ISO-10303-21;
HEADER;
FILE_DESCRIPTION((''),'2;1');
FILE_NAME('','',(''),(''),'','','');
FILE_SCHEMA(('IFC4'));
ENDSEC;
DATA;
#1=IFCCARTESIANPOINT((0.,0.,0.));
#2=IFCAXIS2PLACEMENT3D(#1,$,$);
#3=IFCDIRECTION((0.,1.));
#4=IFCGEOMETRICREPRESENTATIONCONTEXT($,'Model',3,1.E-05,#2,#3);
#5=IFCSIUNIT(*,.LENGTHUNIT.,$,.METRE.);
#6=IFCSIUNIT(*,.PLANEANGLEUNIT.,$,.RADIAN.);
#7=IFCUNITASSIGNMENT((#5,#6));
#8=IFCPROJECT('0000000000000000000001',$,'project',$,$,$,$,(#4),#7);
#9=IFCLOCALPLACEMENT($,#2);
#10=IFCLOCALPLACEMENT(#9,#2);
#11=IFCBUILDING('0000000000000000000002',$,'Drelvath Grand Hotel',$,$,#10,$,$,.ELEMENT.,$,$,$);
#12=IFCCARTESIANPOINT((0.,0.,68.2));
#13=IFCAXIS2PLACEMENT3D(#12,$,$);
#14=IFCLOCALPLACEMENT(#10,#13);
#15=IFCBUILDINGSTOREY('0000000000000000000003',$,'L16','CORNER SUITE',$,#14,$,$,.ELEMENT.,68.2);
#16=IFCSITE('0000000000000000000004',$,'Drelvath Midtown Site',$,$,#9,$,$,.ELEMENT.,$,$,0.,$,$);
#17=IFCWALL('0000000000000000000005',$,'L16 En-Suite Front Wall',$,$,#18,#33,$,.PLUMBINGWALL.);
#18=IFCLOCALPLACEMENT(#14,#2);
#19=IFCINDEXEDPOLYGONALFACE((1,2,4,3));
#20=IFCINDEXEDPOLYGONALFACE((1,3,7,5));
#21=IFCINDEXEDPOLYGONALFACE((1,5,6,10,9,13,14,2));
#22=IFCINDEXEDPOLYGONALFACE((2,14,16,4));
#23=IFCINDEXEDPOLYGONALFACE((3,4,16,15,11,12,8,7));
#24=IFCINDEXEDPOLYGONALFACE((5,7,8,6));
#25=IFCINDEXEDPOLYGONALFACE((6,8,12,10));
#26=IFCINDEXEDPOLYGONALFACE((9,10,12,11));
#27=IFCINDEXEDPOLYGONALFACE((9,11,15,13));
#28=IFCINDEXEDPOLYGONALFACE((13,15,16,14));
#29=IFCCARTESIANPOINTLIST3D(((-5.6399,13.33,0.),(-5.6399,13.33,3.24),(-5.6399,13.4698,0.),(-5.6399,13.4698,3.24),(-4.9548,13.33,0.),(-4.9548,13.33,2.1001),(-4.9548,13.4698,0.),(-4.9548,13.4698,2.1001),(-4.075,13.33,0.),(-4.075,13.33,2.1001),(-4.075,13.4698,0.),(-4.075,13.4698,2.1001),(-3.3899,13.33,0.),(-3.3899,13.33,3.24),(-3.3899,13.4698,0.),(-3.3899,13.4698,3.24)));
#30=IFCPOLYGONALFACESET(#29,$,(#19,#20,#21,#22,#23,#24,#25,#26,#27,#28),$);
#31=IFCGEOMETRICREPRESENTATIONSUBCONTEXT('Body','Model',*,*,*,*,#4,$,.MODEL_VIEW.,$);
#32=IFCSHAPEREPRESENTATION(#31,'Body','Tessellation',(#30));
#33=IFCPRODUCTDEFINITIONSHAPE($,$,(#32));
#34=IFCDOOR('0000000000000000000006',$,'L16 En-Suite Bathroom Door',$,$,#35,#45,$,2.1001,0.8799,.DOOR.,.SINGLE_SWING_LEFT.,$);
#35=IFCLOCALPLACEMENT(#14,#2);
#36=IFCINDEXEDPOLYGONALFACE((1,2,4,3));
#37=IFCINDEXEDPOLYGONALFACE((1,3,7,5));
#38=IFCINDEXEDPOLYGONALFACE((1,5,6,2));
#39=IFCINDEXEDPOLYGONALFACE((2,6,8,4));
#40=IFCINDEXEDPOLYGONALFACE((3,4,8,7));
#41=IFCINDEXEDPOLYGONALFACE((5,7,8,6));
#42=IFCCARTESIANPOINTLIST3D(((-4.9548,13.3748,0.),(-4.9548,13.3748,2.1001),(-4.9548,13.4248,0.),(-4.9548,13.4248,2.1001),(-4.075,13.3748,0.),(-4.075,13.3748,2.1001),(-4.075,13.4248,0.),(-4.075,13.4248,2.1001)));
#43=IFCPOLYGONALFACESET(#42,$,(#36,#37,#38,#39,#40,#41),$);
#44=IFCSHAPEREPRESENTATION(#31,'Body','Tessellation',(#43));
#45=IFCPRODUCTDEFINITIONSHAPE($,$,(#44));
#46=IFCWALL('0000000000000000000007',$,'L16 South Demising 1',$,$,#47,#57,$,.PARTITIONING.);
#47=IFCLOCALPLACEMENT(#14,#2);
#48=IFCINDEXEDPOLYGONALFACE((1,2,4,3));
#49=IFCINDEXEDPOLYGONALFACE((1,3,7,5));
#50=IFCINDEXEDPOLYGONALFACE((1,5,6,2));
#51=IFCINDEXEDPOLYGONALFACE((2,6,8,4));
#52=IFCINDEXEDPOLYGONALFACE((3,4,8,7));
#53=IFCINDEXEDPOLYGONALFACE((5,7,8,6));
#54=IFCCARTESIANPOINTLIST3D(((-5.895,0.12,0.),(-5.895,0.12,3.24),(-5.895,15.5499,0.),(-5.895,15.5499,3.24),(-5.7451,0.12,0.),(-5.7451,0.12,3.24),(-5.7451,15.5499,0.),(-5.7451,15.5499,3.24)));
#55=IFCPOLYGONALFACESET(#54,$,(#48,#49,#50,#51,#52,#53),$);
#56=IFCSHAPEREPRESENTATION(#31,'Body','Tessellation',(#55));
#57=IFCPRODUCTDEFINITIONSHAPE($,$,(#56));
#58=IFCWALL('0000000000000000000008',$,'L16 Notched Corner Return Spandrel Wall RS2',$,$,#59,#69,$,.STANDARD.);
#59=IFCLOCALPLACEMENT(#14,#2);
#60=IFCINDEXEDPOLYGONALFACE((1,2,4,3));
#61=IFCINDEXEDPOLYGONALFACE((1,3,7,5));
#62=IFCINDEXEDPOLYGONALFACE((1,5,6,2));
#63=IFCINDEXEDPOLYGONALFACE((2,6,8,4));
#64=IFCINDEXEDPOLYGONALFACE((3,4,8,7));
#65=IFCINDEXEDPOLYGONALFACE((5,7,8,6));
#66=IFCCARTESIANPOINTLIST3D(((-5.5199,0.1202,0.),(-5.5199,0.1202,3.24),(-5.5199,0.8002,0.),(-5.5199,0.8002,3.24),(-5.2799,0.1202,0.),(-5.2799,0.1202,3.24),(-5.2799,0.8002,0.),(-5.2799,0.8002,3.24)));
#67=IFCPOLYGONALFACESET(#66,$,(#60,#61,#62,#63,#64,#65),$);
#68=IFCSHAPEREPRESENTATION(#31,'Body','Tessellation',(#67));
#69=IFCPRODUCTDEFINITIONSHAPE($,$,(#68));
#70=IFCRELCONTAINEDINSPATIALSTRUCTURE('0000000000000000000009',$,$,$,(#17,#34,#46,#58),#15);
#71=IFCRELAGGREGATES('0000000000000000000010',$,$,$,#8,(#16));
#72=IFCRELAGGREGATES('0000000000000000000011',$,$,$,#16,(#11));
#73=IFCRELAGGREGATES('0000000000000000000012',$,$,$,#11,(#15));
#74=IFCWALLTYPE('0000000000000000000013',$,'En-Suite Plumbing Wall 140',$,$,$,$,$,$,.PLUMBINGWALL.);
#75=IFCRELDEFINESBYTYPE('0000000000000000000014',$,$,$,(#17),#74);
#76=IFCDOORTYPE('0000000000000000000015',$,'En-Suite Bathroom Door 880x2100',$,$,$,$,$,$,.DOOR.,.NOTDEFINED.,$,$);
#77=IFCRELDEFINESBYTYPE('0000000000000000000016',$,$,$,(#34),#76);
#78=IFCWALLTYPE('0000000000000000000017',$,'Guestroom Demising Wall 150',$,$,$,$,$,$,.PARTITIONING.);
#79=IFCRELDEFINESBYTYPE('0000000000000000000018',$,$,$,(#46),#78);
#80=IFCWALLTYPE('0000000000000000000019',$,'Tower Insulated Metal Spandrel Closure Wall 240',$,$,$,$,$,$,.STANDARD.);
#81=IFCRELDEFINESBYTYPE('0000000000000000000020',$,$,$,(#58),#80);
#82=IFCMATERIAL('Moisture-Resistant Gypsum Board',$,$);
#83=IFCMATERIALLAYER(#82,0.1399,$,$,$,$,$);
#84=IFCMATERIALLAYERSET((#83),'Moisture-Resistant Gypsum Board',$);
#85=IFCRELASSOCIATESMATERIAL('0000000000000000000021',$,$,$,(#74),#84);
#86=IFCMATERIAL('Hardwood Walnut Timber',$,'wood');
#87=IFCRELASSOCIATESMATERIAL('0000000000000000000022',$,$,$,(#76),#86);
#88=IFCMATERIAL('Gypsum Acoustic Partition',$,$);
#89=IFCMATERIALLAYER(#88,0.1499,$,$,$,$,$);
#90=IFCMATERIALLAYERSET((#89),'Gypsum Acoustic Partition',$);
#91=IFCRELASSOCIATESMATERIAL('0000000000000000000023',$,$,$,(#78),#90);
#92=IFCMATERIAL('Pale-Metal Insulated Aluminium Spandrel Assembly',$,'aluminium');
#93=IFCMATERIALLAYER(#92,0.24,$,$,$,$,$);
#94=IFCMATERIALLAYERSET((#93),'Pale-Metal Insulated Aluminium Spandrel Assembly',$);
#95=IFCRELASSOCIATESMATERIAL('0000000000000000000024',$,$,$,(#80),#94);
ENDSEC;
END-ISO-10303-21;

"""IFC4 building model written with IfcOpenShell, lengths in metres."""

from ifc_helpers import new_model, si_unit, direction, frame, frame_2d, origin, place, context, subcontext, project, spatial, rectangle, extrude, material, layer, layer_set, type_object, element, fill, save


model = new_model("IFC4")

# Units and contexts
model_context = context("Model", 3, precision=1e-05, world=origin(), true_north=direction((0.0, 1.0)))
body_context = subcontext(model_context, "Body", "Model", "MODEL_VIEW")
ifc_project = project(units=[si_unit("LENGTHUNIT", "METRE"), si_unit("PLANEANGLEUNIT", "RADIAN")], contexts=[model_context])

# Site, building, storey
site_placement = place(None, origin())
site = spatial("IfcSite", under=ifc_project, at=site_placement, Name="Drelvath Midtown Site", CompositionType="ELEMENT", RefElevation=0.0)
building_placement = place(site_placement, origin())
building = spatial("IfcBuilding", under=site, at=building_placement, Name="Drelvath Grand Hotel", CompositionType="ELEMENT")
storey_placement = place(building_placement, frame((0.0, 0.0, 68.2)))
storey = spatial("IfcBuildingStorey", under=building, at=storey_placement, Name="L16", Description="CORNER SUITE", CompositionType="ELEMENT", Elevation=68.2)

# Wall, opening, door
ifc_material_1 = material(Name="Hardwood Walnut Timber", Category="wood")
ifc_material_2 = material(Name="Moisture-Resistant Gypsum Board")
ifc_layer_1 = layer(ifc_material_2, 0.1399)
ifc_layer_set_1 = layer_set([ifc_layer_1], Name="Moisture-Resistant Gypsum Board")
wall_type_1 = type_object("IfcWallType", Name="En-Suite Plumbing Wall 140", PredefinedType="PLUMBINGWALL", material=ifc_layer_set_1)
door_type_1 = type_object("IfcDoorType", Name="En-Suite Bathroom Door 880x2100", OperationType="NOTDEFINED", PredefinedType="DOOR", material=ifc_material_1)
wall_1_placement = place(storey_placement, frame((-5.6399, 13.3999, 0.0), z_axis=(0.0, 0.0, 1.0), x_axis=(1.0, 0.0, 0.0)))
wall_1 = element("IfcWall", 1, at=wall_1_placement, inside=storey, type_object=wall_type_1, Name="L16 En-Suite Front Wall", PredefinedType="PLUMBINGWALL", context=body_context, shape_type="SweptSolid", body=[
    extrude(rectangle(XDim=2.25, YDim=0.1399, at=frame_2d((1.125, 0.0))), origin(), (0.0, 0.0, 1.0), 3.24),
])
opening_1_placement = place(wall_1_placement, frame((0.6851, 0.0, 0.0)))
opening_1 = element("IfcOpeningElement", 2, at=opening_1_placement, cuts=wall_1, PredefinedType="OPENING", context=body_context, shape_type="SweptSolid", body=[
    extrude(rectangle(XDim=0.8799, YDim=2.1001, at=frame_2d((0.4399, 1.05))), frame((0.0, 0.0798, 0.0), z_axis=(0.0, -1.0, 0.0), x_axis=(1.0, 0.0, 0.0)), (0.0, 0.0, 1.0), 0.1599),
])
door_1_placement = place(opening_1_placement, origin())
door_1 = element("IfcDoor", 3, at=door_1_placement, inside=storey, type_object=door_type_1, Name="L16 En-Suite Bathroom Door", OperationType="SINGLE_SWING_LEFT", OverallHeight=2.1001, OverallWidth=0.8799, PredefinedType="DOOR", context=body_context, shape_type="SweptSolid", body=[
    extrude(rectangle(XDim=0.8799, YDim=2.1001, at=frame_2d((0.4399, 1.05))), frame((0.0, 0.0249, 0.0), z_axis=(0.0, -1.0, 0.0), x_axis=(1.0, 0.0, 0.0)), (0.0, 0.0, 1.0), 0.05),
])
fill(opening_1, door_1)

# Walls
ifc_material_3 = material(Name="Gypsum Acoustic Partition")
ifc_layer_2 = layer(ifc_material_3, 0.1499)
ifc_layer_set_2 = layer_set([ifc_layer_2], Name="Gypsum Acoustic Partition")
wall_type_2 = type_object("IfcWallType", Name="Guestroom Demising Wall 150", PredefinedType="PARTITIONING", material=ifc_layer_set_2)
wall_2_placement = place(storey_placement, frame((-5.8201, 0.1201, 0.0), z_axis=(0.0, 0.0, 1.0), x_axis=(0.0, 1.0, 0.0)))
element("IfcWall", 4, at=wall_2_placement, inside=storey, type_object=wall_type_2, Name="L16 South Demising 1", PredefinedType="PARTITIONING", context=body_context, shape_type="SweptSolid", body=[
    extrude(rectangle(XDim=15.4299, YDim=0.1499, at=frame_2d((7.7148, 0.0))), origin(), (0.0, 0.0, 1.0), 3.24),
])
ifc_material_4 = material(Name="Pale-Metal Insulated Aluminium Spandrel Assembly", Category="aluminium")
ifc_layer_3 = layer(ifc_material_4, 0.24)
ifc_layer_set_3 = layer_set([ifc_layer_3], Name="Pale-Metal Insulated Aluminium Spandrel Assembly")
wall_type_3 = type_object("IfcWallType", Name="Tower Insulated Metal Spandrel Closure Wall 240", PredefinedType="STANDARD", material=ifc_layer_set_3)
wall_3_placement = place(storey_placement, frame((-5.3999, 0.8, 0.0), z_axis=(0.0, 0.0, 1.0), x_axis=(0.0, -1.0, 0.0)))
element("IfcWall", 5, at=wall_3_placement, inside=storey, type_object=wall_type_3, Name="L16 Notched Corner Return Spandrel Wall RS2", PredefinedType="STANDARD", context=body_context, shape_type="SweptSolid", body=[
    extrude(rectangle(XDim=0.6799, YDim=0.24, at=frame_2d((0.3398, 0.0))), origin(), (0.0, 0.0, 1.0), 3.24),
])

save(model, "model.ifc")
